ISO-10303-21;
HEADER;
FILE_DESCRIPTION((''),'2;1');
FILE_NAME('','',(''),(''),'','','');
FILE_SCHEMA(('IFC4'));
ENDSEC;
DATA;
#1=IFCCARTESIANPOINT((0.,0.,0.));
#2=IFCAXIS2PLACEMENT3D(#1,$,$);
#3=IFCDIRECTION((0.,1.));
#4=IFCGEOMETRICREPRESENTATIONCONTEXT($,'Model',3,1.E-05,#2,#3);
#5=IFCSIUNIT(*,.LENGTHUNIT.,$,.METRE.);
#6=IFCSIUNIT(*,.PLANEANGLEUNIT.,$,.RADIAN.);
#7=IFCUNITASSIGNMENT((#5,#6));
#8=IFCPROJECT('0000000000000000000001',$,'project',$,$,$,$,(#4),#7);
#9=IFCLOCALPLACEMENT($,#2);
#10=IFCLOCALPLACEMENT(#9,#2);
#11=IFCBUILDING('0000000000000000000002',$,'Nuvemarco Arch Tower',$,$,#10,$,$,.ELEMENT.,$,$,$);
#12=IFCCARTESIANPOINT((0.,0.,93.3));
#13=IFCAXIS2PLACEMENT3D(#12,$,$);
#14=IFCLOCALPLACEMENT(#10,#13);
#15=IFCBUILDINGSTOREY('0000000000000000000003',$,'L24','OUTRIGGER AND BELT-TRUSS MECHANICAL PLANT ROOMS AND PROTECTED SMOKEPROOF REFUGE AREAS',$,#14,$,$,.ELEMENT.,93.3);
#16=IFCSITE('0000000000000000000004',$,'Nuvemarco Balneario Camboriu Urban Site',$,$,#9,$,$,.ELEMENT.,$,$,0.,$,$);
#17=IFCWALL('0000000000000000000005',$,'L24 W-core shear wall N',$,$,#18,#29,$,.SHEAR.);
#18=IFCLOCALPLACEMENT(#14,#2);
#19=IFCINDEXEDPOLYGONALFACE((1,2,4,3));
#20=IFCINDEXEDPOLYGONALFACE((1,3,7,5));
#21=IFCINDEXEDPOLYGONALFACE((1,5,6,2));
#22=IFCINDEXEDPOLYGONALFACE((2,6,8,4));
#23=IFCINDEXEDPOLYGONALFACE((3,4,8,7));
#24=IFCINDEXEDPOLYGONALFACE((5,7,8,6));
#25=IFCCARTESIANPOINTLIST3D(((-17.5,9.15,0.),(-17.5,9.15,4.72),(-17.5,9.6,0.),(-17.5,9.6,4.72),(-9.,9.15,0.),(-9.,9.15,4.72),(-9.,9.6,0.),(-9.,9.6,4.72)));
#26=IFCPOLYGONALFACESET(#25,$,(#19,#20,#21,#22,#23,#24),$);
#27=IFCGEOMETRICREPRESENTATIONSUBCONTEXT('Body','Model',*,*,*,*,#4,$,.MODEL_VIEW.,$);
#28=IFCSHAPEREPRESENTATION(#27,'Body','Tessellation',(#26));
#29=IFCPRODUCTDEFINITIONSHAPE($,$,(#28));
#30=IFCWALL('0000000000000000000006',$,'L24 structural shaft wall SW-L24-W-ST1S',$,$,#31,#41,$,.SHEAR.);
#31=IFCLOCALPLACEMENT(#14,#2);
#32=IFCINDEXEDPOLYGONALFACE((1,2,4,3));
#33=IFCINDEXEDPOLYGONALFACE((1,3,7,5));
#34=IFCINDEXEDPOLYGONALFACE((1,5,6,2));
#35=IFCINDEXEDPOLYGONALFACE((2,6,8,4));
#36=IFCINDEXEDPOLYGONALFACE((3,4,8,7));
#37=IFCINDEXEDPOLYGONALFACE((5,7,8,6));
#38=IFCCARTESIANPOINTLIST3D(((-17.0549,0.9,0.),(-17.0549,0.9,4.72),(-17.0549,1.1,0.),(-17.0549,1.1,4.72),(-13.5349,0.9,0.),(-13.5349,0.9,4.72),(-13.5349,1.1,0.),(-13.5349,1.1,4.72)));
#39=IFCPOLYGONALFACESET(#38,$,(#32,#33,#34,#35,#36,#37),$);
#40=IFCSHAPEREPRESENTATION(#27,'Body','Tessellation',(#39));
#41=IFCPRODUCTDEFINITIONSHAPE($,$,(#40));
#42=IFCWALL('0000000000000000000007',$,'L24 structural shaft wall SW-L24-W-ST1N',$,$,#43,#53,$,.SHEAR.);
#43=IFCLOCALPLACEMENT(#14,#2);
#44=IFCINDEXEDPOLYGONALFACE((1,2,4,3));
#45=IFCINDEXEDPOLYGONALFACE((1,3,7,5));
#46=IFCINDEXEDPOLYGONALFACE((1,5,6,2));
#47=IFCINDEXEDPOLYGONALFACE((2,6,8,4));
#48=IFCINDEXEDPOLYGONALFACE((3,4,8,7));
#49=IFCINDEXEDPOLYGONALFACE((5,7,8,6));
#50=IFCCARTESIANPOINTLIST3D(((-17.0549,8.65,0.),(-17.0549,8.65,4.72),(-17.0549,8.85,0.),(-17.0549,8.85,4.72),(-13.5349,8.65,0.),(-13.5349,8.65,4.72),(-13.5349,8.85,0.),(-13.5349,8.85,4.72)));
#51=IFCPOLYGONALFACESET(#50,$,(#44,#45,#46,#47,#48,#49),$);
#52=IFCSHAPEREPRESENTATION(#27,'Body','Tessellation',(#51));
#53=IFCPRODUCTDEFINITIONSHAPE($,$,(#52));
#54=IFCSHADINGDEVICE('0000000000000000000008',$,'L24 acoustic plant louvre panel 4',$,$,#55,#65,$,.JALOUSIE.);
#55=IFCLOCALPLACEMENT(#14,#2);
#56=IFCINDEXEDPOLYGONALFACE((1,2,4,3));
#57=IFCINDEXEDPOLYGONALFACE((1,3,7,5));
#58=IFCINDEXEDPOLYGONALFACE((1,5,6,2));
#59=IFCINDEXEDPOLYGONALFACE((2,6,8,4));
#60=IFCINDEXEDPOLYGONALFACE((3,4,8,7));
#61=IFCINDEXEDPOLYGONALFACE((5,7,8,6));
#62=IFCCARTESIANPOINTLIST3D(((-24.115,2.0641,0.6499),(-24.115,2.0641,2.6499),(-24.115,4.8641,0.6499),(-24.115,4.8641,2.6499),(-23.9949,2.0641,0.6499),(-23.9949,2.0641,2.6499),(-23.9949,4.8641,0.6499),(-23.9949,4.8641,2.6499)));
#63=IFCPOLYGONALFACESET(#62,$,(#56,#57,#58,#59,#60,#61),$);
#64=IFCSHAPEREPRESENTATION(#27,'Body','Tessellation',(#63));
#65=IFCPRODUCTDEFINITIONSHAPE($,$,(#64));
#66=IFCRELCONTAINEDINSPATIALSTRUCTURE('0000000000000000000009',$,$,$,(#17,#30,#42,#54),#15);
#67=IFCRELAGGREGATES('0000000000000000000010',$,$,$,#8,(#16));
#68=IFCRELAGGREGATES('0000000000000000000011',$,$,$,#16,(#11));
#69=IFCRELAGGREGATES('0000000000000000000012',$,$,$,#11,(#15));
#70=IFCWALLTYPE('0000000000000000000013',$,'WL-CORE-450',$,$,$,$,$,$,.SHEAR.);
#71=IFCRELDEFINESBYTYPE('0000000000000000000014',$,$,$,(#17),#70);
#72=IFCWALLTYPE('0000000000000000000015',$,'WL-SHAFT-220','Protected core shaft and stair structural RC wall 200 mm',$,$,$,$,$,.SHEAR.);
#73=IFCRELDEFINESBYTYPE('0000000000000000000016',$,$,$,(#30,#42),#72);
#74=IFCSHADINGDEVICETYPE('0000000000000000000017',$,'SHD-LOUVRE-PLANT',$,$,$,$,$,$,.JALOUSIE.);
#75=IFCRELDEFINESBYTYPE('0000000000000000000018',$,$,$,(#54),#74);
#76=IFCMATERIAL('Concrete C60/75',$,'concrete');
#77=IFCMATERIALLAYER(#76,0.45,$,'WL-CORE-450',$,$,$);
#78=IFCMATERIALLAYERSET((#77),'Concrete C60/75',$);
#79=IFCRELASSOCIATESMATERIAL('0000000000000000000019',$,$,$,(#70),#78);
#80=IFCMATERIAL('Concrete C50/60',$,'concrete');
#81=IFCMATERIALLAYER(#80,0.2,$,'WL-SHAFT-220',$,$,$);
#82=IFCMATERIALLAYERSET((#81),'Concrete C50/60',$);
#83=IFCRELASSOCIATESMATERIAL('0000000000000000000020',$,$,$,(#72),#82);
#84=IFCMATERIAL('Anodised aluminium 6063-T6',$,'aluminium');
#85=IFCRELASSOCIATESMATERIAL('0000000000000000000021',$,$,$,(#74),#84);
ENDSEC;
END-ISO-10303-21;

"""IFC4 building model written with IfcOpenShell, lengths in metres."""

from ifc_helpers import new_model, si_unit, direction, frame, frame_2d, origin, origin_2d, place, context, subcontext, project, spatial, rectangle, extrude, source, transform, mapped, material, layer, layer_set, type_object, type_shapes, element, save


model = new_model("IFC4")

# Units and contexts
model_context = context("Model", 3, precision=1e-05, world=origin(), true_north=direction((0.0, 1.0)))
body_context = subcontext(model_context, "Body", "Model", "MODEL_VIEW")
ifc_project = project(units=[si_unit("LENGTHUNIT", "METRE"), si_unit("PLANEANGLEUNIT", "RADIAN")], contexts=[model_context])

# Site, building, storey
site_placement = place(None, origin())
site = spatial("IfcSite", under=ifc_project, at=site_placement, Name="Nuvemarco Balneario Camboriu Urban Site", CompositionType="ELEMENT", RefElevation=0.0)
building_placement = place(site_placement, origin())
building = spatial("IfcBuilding", under=site, at=building_placement, Name="Nuvemarco Arch Tower", CompositionType="ELEMENT")
storey_placement = place(building_placement, frame((0.0, 0.0, 93.3)))
storey = spatial("IfcBuildingStorey", under=building, at=storey_placement, Name="L24", Description="OUTRIGGER AND BELT-TRUSS MECHANICAL PLANT ROOMS AND PROTECTED SMOKEPROOF REFUGE AREAS", CompositionType="ELEMENT", Elevation=93.3)

# Shared definitions
ifc_material_1 = material(Name="Concrete C60/75", Category="concrete")

# Walls
ifc_layer_1 = layer(ifc_material_1, 0.45, Name="WL-CORE-450")
ifc_layer_set_1 = layer_set([ifc_layer_1], Name="Concrete C60/75")
wall_type_1 = type_object("IfcWallType", Name="WL-CORE-450", PredefinedType="SHEAR", material=ifc_layer_set_1)
wall_placement = place(storey_placement, frame((-17.5, 9.375, 0.0), z_axis=(0.0, 0.0, 1.0), x_axis=(1.0, 0.0, 0.0)))
element("IfcWall", 1, at=wall_placement, inside=storey, type_object=wall_type_1, Name="L24 W-core shear wall N", PredefinedType="SHEAR", context=body_context, shape_type="SweptSolid", body=[
    extrude(rectangle(XDim=8.5, YDim=0.45, at=frame_2d((4.25, 0.0))), origin(), (0.0, 0.0, 1.0), 4.72),
])
ifc_material_2 = material(Name="Concrete C50/60", Category="concrete")
ifc_layer_2 = layer(ifc_material_2, 0.2, Name="WL-SHAFT-220")
ifc_layer_set_2 = layer_set([ifc_layer_2], Name="Concrete C50/60")
wall_type_2 = type_object("IfcWallType", Name="WL-SHAFT-220", Description="Protected core shaft and stair structural RC wall 200 mm", PredefinedType="SHEAR", material=ifc_layer_set_2)
for number, where, z_axis, x_axis, name in (
    (2, (-17.0549, 1.0, 0.0), (0.0, 0.0, 1.0), (1.0, 0.0, 0.0), "L24 structural shaft wall SW-L24-W-ST1S"),
    (3, (-17.0549, 8.75, 0.0), (0.0, 0.0, 1.0), (1.0, 0.0, 0.0), "L24 structural shaft wall SW-L24-W-ST1N"),
):
    element("IfcWall", number, at=place(storey_placement, frame(where, z_axis=z_axis, x_axis=x_axis)), inside=storey, type_object=wall_type_2, Name=name, PredefinedType="SHEAR", context=body_context, shape_type="SweptSolid", body=[
        extrude(rectangle(XDim=3.52, YDim=0.2, at=frame_2d((1.76, 0.0))), origin(), (0.0, 0.0, 1.0), 4.72),
    ])

# Shading device
ifc_material_3 = material(Name="Anodised aluminium 6063-T6", Category="aluminium")
shading_device_type = type_object("IfcShadingDeviceType", Name="SHD-LOUVRE-PLANT", PredefinedType="JALOUSIE", material=ifc_material_3)
shared_shape_1 = source(origin(), body_context, "Body", "SweptSolid", [
    extrude(rectangle(XDim=2.8, YDim=0.1201, at=origin_2d()), origin(), (0.0, 0.0, 1.0), 2.0),
])
type_shapes(shading_device_type, [shared_shape_1])
shading_device_placement = place(storey_placement, frame((-24.0549, 3.4641, 0.6499), z_axis=(0.0, 0.0, 1.0), x_axis=(0.0, 1.0, 0.0)))
element("IfcShadingDevice", 4, at=shading_device_placement, inside=storey, type_object=shading_device_type, Name="L24 acoustic plant louvre panel 4", PredefinedType="JALOUSIE", context=body_context, shape_type="MappedRepresentation", body=[
    mapped(shared_shape_1, transform((0.0, 0.0, 0.0), scale=1.0)),
])

save(model, "model.ifc")
